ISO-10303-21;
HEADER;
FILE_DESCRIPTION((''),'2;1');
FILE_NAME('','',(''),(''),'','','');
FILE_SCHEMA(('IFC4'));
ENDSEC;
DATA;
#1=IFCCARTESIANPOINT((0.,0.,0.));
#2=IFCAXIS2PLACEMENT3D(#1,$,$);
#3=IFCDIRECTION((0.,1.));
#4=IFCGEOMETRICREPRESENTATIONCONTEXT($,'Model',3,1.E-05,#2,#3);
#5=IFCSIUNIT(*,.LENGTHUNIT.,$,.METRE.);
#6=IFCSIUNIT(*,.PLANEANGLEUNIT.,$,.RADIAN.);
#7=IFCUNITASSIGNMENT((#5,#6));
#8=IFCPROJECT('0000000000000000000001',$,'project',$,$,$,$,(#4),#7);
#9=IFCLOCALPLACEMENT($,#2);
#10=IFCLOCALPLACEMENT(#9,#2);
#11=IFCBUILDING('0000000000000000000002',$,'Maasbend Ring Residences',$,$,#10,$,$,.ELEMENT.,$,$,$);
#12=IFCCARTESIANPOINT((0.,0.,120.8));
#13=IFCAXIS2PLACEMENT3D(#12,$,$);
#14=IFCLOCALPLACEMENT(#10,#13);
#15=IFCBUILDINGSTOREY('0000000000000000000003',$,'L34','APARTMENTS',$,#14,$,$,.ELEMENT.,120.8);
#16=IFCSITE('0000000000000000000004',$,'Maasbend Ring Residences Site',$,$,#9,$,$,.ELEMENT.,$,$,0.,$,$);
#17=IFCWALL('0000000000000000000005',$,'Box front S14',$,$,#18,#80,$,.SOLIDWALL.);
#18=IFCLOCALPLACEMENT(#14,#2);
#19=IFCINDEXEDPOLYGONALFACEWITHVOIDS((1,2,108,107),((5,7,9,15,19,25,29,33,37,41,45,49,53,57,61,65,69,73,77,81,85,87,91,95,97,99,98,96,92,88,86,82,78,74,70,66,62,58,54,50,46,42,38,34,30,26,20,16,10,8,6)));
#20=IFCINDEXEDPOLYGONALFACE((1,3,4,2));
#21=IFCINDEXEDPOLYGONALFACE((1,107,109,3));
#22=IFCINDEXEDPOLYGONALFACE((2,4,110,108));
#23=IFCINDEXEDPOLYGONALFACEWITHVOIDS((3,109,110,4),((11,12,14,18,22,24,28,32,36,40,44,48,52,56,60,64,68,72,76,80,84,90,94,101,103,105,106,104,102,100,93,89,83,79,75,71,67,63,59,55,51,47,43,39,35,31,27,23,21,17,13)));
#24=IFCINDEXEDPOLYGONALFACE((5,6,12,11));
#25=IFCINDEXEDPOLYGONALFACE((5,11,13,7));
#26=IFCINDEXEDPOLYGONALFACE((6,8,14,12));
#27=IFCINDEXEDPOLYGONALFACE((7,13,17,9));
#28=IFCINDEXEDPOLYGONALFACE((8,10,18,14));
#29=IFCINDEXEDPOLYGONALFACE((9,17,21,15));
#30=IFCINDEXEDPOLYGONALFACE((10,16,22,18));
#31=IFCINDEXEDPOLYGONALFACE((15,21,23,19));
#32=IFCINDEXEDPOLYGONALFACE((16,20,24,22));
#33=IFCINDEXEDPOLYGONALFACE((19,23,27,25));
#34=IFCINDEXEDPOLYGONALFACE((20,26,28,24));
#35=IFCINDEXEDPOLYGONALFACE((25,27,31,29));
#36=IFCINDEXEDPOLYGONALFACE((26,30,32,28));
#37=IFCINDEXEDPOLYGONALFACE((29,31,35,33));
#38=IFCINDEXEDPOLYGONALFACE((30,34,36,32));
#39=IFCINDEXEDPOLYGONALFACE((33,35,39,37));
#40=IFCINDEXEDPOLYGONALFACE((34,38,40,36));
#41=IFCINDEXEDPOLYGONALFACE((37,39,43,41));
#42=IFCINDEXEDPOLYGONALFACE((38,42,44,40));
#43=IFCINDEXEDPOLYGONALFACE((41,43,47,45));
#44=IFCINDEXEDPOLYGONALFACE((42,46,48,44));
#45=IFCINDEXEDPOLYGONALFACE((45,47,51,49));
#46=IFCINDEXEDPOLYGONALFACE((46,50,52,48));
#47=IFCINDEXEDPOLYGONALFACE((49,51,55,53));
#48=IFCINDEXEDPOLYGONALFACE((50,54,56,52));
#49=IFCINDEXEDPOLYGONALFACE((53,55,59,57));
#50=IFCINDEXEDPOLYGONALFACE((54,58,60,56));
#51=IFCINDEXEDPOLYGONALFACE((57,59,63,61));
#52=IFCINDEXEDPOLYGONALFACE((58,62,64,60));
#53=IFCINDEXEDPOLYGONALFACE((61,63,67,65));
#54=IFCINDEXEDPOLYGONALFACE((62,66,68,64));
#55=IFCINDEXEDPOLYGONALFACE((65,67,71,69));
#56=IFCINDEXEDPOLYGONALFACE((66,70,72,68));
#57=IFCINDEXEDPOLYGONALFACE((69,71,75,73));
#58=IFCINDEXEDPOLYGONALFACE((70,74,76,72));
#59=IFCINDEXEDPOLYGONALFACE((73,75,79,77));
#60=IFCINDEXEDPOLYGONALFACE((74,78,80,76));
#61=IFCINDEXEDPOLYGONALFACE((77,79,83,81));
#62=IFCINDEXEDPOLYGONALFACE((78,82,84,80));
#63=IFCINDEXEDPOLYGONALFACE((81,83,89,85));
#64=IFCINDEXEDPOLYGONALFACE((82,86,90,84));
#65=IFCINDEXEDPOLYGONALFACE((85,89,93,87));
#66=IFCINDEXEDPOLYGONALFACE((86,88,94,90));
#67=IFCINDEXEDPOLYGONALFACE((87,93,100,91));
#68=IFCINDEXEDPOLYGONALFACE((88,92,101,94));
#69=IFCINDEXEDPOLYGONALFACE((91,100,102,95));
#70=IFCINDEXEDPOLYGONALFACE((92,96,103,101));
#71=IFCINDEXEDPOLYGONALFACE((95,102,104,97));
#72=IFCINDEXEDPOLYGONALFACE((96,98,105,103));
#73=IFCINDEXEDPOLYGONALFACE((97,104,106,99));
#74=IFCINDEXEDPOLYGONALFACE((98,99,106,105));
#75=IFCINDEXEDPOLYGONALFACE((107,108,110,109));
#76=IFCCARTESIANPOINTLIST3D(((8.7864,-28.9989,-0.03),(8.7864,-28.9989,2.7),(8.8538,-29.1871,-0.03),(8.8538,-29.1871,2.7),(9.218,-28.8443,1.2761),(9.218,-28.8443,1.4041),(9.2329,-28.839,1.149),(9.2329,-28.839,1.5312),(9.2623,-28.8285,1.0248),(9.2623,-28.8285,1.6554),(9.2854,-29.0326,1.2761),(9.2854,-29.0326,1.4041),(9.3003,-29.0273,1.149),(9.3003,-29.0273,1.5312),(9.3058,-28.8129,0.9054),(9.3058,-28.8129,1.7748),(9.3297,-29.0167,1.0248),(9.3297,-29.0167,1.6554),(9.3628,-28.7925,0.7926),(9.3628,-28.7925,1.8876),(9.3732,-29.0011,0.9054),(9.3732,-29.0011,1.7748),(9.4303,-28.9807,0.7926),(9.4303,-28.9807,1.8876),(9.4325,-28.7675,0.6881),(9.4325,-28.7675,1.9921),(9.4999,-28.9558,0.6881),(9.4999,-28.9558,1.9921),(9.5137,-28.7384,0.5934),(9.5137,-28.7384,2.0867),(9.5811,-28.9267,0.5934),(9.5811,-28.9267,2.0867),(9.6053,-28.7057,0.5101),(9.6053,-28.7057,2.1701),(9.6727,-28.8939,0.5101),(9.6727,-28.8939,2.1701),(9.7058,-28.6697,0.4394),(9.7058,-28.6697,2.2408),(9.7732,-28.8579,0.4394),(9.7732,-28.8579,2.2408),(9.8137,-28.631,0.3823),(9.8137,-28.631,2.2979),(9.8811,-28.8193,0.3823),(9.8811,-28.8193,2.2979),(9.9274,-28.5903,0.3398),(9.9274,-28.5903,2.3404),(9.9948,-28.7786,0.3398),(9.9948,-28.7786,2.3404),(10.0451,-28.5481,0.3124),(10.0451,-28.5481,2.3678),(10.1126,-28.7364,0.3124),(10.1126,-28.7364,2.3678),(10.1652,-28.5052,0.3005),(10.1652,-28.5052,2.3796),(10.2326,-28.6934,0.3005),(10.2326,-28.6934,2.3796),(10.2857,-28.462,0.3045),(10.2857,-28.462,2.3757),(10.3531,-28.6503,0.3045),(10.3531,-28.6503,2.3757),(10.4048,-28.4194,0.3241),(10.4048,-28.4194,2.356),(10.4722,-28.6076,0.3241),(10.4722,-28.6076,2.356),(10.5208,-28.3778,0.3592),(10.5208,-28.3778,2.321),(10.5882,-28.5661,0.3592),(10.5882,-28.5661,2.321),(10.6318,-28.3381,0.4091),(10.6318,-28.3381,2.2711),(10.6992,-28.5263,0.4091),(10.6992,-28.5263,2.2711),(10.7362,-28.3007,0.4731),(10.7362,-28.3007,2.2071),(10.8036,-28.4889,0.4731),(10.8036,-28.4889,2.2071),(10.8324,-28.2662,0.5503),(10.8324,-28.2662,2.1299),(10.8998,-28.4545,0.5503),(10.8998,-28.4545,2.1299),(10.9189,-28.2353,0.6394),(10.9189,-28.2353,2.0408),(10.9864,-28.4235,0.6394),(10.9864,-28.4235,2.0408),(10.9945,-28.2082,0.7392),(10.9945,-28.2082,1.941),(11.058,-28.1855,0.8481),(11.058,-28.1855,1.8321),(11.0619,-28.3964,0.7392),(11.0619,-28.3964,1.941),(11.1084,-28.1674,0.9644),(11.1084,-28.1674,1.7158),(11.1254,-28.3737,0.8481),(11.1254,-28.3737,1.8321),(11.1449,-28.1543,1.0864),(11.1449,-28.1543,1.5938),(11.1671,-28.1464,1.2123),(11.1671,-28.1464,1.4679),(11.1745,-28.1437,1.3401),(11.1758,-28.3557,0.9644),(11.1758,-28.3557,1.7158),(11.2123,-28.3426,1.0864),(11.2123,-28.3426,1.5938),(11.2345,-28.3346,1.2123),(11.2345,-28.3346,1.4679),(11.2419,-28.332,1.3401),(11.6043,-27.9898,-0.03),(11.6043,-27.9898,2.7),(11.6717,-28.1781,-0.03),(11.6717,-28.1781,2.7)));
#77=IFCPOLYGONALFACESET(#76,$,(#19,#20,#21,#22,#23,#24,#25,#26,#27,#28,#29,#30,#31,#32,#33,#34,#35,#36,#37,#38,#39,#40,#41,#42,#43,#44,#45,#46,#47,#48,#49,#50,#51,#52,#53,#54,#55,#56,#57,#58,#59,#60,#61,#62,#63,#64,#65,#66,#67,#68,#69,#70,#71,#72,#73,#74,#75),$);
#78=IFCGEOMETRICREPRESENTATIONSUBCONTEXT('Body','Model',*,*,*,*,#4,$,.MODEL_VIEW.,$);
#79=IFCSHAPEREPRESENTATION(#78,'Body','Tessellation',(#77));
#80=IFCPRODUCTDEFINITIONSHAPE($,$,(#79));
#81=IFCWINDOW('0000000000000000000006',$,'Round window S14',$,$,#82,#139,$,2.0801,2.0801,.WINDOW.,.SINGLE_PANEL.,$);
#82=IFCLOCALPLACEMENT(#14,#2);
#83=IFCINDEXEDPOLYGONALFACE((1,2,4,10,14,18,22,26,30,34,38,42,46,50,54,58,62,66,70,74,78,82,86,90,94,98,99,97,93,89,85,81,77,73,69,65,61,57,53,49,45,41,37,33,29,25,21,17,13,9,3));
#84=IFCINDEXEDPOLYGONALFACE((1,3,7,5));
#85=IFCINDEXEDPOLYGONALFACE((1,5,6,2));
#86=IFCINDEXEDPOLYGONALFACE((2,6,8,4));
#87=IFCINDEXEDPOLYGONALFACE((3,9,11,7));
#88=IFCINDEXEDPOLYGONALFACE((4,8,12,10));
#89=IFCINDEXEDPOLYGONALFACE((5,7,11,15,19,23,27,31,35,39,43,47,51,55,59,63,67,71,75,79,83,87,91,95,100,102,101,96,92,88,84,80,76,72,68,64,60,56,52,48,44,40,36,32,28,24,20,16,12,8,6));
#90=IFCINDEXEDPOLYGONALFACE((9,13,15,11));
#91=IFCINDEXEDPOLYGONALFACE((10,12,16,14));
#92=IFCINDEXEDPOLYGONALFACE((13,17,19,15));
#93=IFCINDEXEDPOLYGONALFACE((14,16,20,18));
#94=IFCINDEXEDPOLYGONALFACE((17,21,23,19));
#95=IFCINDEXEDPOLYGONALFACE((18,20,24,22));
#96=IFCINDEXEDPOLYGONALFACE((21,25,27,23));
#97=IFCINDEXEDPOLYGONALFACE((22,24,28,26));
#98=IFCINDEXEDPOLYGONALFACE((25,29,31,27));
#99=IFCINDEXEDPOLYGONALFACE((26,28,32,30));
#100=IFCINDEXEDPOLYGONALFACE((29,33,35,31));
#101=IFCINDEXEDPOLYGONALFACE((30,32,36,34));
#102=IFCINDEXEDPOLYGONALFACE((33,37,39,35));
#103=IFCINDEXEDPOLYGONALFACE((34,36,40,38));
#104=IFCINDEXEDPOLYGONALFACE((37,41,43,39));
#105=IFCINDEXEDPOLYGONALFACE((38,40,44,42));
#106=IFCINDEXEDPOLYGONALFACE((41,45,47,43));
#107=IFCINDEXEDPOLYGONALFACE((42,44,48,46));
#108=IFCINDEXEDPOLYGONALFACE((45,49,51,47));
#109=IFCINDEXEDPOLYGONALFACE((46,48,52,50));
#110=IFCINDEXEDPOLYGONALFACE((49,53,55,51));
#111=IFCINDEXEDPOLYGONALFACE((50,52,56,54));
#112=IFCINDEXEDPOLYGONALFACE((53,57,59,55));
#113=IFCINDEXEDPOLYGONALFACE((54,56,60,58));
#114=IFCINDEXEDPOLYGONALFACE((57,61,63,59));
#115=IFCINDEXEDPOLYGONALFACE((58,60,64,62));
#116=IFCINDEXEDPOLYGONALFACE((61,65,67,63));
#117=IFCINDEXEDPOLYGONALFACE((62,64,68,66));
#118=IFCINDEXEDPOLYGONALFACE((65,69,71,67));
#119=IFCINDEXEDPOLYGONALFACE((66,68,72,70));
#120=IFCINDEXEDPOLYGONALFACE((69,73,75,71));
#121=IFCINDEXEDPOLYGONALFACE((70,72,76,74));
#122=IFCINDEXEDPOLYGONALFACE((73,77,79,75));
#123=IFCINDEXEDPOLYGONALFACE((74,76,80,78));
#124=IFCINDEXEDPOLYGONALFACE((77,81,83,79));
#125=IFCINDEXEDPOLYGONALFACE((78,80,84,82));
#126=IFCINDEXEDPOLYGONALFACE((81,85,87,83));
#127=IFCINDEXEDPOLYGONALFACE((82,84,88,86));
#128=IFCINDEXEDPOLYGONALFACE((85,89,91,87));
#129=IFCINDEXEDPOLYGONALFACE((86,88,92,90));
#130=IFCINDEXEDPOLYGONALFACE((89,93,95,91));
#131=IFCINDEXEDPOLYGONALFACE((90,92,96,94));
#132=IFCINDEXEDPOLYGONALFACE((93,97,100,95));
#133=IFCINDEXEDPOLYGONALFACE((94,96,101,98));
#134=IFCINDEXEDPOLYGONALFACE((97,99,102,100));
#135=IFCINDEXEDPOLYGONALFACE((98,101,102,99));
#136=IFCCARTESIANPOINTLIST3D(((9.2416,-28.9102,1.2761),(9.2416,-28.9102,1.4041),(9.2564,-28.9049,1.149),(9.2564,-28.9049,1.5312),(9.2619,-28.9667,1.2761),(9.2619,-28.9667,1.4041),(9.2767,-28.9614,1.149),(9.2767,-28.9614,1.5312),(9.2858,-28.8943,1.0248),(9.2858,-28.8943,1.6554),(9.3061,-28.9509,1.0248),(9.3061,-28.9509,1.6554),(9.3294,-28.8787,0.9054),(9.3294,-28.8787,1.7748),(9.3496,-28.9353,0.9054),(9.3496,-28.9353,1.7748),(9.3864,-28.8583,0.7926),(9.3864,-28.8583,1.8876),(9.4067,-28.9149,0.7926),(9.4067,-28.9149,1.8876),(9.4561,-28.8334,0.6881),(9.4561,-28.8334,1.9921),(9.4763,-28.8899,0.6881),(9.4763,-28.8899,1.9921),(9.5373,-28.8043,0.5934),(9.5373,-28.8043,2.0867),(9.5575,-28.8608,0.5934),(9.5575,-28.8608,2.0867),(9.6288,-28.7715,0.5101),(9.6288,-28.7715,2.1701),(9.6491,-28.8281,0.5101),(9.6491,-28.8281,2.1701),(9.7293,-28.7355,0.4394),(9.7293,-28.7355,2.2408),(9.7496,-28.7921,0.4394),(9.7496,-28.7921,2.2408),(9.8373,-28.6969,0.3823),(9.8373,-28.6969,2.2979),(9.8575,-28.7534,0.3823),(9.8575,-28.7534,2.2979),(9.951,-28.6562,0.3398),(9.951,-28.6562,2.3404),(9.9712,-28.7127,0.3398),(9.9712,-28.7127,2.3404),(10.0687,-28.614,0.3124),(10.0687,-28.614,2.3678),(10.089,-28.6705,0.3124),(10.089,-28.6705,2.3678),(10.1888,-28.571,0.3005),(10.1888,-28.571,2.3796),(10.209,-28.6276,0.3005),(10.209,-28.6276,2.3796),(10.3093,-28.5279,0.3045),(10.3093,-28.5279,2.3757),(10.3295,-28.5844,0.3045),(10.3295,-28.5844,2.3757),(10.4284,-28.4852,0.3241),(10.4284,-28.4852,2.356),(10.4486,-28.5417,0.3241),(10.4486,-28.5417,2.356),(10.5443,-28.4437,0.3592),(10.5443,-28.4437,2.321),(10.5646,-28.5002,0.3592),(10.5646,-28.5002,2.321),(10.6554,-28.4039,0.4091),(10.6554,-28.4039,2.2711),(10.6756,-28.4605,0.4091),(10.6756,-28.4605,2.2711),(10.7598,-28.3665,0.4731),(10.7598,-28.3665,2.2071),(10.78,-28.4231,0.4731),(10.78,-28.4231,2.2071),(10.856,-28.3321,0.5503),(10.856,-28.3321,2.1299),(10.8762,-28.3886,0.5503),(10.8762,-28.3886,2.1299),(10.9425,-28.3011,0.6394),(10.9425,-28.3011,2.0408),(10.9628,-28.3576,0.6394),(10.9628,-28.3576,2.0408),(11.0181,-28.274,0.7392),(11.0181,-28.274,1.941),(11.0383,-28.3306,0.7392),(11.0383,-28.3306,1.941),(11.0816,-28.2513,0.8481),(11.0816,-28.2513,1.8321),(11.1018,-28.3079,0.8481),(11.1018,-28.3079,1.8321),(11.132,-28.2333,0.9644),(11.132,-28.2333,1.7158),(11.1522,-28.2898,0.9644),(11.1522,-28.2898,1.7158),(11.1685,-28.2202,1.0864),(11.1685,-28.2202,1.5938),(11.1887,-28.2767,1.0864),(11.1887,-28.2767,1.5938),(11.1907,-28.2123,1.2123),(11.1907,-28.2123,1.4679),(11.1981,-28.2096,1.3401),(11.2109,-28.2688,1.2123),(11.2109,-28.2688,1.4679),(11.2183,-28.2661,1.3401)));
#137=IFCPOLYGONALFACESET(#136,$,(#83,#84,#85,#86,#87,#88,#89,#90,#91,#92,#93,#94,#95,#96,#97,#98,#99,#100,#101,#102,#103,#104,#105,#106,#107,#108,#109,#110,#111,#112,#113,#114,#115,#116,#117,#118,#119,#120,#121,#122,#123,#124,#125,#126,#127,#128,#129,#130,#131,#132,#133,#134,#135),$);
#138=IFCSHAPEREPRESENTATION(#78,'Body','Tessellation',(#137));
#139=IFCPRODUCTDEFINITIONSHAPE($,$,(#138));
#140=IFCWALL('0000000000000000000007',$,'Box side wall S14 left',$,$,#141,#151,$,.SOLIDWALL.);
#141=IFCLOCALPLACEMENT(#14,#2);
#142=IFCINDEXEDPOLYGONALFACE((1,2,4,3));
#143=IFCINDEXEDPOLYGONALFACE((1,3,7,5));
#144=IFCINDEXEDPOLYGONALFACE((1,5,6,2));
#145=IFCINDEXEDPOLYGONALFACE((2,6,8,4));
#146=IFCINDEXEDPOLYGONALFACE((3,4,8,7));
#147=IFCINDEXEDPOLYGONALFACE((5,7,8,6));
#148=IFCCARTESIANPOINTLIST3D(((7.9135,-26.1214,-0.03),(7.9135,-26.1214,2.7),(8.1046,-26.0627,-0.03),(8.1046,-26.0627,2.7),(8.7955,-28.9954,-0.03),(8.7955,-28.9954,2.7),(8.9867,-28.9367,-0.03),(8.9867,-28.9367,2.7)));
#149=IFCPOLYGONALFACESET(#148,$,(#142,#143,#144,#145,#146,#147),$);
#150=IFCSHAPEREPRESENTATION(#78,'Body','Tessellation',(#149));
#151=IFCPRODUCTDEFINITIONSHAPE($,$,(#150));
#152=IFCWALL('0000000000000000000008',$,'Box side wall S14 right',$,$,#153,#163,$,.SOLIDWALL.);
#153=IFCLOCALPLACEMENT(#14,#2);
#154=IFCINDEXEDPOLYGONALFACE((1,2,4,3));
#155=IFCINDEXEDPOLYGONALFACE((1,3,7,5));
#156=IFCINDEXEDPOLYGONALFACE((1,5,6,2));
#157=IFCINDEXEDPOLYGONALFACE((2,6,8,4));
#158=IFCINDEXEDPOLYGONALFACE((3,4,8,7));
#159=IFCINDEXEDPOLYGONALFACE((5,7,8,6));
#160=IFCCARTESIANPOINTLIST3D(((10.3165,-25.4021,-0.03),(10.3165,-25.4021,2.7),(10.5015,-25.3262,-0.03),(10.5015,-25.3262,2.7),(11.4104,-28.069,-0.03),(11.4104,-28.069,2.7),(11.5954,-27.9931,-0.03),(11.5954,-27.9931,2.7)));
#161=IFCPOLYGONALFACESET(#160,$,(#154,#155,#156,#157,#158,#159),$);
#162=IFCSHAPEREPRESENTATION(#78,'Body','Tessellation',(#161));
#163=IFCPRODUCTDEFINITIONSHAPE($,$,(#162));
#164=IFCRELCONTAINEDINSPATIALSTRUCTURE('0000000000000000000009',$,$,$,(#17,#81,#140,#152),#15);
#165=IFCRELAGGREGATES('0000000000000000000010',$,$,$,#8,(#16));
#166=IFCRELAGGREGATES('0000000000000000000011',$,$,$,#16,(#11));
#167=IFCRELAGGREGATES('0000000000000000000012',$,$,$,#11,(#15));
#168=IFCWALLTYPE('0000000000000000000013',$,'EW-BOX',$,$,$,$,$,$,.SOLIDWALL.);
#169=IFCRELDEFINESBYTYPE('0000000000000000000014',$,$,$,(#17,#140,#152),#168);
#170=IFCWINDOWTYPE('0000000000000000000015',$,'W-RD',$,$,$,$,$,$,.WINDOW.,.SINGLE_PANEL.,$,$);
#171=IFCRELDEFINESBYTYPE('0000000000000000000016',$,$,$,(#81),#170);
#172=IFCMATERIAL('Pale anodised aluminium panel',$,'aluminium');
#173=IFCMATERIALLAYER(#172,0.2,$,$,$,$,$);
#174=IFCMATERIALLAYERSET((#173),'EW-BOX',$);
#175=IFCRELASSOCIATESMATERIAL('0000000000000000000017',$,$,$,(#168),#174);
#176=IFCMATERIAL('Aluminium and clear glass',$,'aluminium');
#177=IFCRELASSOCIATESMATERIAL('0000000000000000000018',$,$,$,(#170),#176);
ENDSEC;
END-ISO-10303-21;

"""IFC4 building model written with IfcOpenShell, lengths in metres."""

from ifc_helpers import new_model, si_unit, direction, frame, frame_2d, origin, place, context, subcontext, project, spatial, rectangle, circle, extrude, material, layer, layer_set, type_object, element, fill, save


model = new_model("IFC4")

# Units and contexts
model_context = context("Model", 3, precision=1e-05, world=origin(), true_north=direction((0.0, 1.0)))
body_context = subcontext(model_context, "Body", "Model", "MODEL_VIEW")
ifc_project = project(units=[si_unit("LENGTHUNIT", "METRE"), si_unit("PLANEANGLEUNIT", "RADIAN")], contexts=[model_context])

# Site, building, storey
site_placement = place(None, origin())
site = spatial("IfcSite", under=ifc_project, at=site_placement, Name="Maasbend Ring Residences Site", CompositionType="ELEMENT", RefElevation=0.0)
building_placement = place(site_placement, origin())
building = spatial("IfcBuilding", under=site, at=building_placement, Name="Maasbend Ring Residences", CompositionType="ELEMENT")
storey_placement = place(building_placement, frame((0.0, 0.0, 120.8)))
storey = spatial("IfcBuildingStorey", under=building, at=storey_placement, Name="L34", Description="APARTMENTS", CompositionType="ELEMENT", Elevation=120.8)

# Shared definitions
ifc_material_1 = material(Name="Pale anodised aluminium panel", Category="aluminium")
ifc_layer_1 = layer(ifc_material_1, 0.2)
ifc_layer_set_1 = layer_set([ifc_layer_1], Name="EW-BOX")
wall_type_1 = type_object("IfcWallType", Name="EW-BOX", PredefinedType="SOLIDWALL", material=ifc_layer_set_1)
ifc_material_2 = material(Name="Aluminium and clear glass", Category="aluminium")
window_type_1 = type_object("IfcWindowType", Name="W-RD", PartitioningType="SINGLE_PANEL", PredefinedType="WINDOW", material=ifc_material_2)

# Wall, opening, window
wall_1_placement = place(storey_placement, frame((8.8201, -29.093, -0.03), z_axis=(0.0, 0.0, 1.0), x_axis=(0.941461, 0.337122, 0.0)))
wall_1 = element("IfcWall", 1, at=wall_1_placement, inside=storey, type_object=wall_type_1, Name="Box front S14", PredefinedType="SOLIDWALL", context=body_context, shape_type="SweptSolid", body=[
    extrude(rectangle(XDim=2.9932, YDim=0.2, at=frame_2d((1.4966, 0.0))), origin(), (0.0, 0.0, 1.0), 2.73),
])
opening_1_placement = place(wall_1_placement, frame((0.4565, 0.0, 0.3301)))
opening_1 = element("IfcOpeningElement", 2, at=opening_1_placement, cuts=wall_1, PredefinedType="OPENING", context=body_context, shape_type="SweptSolid", body=[
    extrude(circle(Radius=1.04, at=frame_2d((1.04, 1.04))), frame((0.0, 0.1099, 0.0), z_axis=(0.0, -1.0, 0.0), x_axis=(1.0, 0.0, 0.0)), (0.0, 0.0, 1.0), 0.22),
])
window_1_placement = place(opening_1_placement, origin())
window_1 = element("IfcWindow", 3, at=window_1_placement, inside=storey, type_object=window_type_1, Name="Round window S14", OverallHeight=2.0801, OverallWidth=2.0801, PartitioningType="SINGLE_PANEL", PredefinedType="WINDOW", context=body_context, shape_type="SweptSolid", body=[
    extrude(circle(Radius=1.04, at=frame_2d((1.04, 1.04))), frame((0.0, 0.03, 0.0), z_axis=(0.0, -1.0, 0.0), x_axis=(1.0, 0.0, 0.0)), (0.0, 0.0, 1.0), 0.0601),
])
fill(opening_1, window_1)

# Walls
wall_2_placement = place(storey_placement, frame((8.009, -26.092, -0.03), z_axis=(0.0, 0.0, 1.0), x_axis=(0.293407, -0.955988, 0.0)))
element("IfcWall", 4, at=wall_2_placement, inside=storey, type_object=wall_type_1, Name="Box side wall S14 left", PredefinedType="SOLIDWALL", context=body_context, shape_type="SweptSolid", body=[
    extrude(rectangle(XDim=3.0063, YDim=0.2, at=frame_2d((1.5032, 0.0))), origin(), (0.0, 0.0, 1.0), 2.73),
])
wall_3_placement = place(storey_placement, frame((10.4089, -25.364, -0.03), z_axis=(0.0, 0.0, 1.0), x_axis=(0.37951, -0.925188, 0.0)))
element("IfcWall", 5, at=wall_3_placement, inside=storey, type_object=wall_type_1, Name="Box side wall S14 right", PredefinedType="SOLIDWALL", context=body_context, shape_type="SweptSolid", body=[
    extrude(rectangle(XDim=2.8826, YDim=0.2, at=frame_2d((1.4414, 0.0))), origin(), (0.0, 0.0, 1.0), 2.73),
])

save(model, "model.ifc")
